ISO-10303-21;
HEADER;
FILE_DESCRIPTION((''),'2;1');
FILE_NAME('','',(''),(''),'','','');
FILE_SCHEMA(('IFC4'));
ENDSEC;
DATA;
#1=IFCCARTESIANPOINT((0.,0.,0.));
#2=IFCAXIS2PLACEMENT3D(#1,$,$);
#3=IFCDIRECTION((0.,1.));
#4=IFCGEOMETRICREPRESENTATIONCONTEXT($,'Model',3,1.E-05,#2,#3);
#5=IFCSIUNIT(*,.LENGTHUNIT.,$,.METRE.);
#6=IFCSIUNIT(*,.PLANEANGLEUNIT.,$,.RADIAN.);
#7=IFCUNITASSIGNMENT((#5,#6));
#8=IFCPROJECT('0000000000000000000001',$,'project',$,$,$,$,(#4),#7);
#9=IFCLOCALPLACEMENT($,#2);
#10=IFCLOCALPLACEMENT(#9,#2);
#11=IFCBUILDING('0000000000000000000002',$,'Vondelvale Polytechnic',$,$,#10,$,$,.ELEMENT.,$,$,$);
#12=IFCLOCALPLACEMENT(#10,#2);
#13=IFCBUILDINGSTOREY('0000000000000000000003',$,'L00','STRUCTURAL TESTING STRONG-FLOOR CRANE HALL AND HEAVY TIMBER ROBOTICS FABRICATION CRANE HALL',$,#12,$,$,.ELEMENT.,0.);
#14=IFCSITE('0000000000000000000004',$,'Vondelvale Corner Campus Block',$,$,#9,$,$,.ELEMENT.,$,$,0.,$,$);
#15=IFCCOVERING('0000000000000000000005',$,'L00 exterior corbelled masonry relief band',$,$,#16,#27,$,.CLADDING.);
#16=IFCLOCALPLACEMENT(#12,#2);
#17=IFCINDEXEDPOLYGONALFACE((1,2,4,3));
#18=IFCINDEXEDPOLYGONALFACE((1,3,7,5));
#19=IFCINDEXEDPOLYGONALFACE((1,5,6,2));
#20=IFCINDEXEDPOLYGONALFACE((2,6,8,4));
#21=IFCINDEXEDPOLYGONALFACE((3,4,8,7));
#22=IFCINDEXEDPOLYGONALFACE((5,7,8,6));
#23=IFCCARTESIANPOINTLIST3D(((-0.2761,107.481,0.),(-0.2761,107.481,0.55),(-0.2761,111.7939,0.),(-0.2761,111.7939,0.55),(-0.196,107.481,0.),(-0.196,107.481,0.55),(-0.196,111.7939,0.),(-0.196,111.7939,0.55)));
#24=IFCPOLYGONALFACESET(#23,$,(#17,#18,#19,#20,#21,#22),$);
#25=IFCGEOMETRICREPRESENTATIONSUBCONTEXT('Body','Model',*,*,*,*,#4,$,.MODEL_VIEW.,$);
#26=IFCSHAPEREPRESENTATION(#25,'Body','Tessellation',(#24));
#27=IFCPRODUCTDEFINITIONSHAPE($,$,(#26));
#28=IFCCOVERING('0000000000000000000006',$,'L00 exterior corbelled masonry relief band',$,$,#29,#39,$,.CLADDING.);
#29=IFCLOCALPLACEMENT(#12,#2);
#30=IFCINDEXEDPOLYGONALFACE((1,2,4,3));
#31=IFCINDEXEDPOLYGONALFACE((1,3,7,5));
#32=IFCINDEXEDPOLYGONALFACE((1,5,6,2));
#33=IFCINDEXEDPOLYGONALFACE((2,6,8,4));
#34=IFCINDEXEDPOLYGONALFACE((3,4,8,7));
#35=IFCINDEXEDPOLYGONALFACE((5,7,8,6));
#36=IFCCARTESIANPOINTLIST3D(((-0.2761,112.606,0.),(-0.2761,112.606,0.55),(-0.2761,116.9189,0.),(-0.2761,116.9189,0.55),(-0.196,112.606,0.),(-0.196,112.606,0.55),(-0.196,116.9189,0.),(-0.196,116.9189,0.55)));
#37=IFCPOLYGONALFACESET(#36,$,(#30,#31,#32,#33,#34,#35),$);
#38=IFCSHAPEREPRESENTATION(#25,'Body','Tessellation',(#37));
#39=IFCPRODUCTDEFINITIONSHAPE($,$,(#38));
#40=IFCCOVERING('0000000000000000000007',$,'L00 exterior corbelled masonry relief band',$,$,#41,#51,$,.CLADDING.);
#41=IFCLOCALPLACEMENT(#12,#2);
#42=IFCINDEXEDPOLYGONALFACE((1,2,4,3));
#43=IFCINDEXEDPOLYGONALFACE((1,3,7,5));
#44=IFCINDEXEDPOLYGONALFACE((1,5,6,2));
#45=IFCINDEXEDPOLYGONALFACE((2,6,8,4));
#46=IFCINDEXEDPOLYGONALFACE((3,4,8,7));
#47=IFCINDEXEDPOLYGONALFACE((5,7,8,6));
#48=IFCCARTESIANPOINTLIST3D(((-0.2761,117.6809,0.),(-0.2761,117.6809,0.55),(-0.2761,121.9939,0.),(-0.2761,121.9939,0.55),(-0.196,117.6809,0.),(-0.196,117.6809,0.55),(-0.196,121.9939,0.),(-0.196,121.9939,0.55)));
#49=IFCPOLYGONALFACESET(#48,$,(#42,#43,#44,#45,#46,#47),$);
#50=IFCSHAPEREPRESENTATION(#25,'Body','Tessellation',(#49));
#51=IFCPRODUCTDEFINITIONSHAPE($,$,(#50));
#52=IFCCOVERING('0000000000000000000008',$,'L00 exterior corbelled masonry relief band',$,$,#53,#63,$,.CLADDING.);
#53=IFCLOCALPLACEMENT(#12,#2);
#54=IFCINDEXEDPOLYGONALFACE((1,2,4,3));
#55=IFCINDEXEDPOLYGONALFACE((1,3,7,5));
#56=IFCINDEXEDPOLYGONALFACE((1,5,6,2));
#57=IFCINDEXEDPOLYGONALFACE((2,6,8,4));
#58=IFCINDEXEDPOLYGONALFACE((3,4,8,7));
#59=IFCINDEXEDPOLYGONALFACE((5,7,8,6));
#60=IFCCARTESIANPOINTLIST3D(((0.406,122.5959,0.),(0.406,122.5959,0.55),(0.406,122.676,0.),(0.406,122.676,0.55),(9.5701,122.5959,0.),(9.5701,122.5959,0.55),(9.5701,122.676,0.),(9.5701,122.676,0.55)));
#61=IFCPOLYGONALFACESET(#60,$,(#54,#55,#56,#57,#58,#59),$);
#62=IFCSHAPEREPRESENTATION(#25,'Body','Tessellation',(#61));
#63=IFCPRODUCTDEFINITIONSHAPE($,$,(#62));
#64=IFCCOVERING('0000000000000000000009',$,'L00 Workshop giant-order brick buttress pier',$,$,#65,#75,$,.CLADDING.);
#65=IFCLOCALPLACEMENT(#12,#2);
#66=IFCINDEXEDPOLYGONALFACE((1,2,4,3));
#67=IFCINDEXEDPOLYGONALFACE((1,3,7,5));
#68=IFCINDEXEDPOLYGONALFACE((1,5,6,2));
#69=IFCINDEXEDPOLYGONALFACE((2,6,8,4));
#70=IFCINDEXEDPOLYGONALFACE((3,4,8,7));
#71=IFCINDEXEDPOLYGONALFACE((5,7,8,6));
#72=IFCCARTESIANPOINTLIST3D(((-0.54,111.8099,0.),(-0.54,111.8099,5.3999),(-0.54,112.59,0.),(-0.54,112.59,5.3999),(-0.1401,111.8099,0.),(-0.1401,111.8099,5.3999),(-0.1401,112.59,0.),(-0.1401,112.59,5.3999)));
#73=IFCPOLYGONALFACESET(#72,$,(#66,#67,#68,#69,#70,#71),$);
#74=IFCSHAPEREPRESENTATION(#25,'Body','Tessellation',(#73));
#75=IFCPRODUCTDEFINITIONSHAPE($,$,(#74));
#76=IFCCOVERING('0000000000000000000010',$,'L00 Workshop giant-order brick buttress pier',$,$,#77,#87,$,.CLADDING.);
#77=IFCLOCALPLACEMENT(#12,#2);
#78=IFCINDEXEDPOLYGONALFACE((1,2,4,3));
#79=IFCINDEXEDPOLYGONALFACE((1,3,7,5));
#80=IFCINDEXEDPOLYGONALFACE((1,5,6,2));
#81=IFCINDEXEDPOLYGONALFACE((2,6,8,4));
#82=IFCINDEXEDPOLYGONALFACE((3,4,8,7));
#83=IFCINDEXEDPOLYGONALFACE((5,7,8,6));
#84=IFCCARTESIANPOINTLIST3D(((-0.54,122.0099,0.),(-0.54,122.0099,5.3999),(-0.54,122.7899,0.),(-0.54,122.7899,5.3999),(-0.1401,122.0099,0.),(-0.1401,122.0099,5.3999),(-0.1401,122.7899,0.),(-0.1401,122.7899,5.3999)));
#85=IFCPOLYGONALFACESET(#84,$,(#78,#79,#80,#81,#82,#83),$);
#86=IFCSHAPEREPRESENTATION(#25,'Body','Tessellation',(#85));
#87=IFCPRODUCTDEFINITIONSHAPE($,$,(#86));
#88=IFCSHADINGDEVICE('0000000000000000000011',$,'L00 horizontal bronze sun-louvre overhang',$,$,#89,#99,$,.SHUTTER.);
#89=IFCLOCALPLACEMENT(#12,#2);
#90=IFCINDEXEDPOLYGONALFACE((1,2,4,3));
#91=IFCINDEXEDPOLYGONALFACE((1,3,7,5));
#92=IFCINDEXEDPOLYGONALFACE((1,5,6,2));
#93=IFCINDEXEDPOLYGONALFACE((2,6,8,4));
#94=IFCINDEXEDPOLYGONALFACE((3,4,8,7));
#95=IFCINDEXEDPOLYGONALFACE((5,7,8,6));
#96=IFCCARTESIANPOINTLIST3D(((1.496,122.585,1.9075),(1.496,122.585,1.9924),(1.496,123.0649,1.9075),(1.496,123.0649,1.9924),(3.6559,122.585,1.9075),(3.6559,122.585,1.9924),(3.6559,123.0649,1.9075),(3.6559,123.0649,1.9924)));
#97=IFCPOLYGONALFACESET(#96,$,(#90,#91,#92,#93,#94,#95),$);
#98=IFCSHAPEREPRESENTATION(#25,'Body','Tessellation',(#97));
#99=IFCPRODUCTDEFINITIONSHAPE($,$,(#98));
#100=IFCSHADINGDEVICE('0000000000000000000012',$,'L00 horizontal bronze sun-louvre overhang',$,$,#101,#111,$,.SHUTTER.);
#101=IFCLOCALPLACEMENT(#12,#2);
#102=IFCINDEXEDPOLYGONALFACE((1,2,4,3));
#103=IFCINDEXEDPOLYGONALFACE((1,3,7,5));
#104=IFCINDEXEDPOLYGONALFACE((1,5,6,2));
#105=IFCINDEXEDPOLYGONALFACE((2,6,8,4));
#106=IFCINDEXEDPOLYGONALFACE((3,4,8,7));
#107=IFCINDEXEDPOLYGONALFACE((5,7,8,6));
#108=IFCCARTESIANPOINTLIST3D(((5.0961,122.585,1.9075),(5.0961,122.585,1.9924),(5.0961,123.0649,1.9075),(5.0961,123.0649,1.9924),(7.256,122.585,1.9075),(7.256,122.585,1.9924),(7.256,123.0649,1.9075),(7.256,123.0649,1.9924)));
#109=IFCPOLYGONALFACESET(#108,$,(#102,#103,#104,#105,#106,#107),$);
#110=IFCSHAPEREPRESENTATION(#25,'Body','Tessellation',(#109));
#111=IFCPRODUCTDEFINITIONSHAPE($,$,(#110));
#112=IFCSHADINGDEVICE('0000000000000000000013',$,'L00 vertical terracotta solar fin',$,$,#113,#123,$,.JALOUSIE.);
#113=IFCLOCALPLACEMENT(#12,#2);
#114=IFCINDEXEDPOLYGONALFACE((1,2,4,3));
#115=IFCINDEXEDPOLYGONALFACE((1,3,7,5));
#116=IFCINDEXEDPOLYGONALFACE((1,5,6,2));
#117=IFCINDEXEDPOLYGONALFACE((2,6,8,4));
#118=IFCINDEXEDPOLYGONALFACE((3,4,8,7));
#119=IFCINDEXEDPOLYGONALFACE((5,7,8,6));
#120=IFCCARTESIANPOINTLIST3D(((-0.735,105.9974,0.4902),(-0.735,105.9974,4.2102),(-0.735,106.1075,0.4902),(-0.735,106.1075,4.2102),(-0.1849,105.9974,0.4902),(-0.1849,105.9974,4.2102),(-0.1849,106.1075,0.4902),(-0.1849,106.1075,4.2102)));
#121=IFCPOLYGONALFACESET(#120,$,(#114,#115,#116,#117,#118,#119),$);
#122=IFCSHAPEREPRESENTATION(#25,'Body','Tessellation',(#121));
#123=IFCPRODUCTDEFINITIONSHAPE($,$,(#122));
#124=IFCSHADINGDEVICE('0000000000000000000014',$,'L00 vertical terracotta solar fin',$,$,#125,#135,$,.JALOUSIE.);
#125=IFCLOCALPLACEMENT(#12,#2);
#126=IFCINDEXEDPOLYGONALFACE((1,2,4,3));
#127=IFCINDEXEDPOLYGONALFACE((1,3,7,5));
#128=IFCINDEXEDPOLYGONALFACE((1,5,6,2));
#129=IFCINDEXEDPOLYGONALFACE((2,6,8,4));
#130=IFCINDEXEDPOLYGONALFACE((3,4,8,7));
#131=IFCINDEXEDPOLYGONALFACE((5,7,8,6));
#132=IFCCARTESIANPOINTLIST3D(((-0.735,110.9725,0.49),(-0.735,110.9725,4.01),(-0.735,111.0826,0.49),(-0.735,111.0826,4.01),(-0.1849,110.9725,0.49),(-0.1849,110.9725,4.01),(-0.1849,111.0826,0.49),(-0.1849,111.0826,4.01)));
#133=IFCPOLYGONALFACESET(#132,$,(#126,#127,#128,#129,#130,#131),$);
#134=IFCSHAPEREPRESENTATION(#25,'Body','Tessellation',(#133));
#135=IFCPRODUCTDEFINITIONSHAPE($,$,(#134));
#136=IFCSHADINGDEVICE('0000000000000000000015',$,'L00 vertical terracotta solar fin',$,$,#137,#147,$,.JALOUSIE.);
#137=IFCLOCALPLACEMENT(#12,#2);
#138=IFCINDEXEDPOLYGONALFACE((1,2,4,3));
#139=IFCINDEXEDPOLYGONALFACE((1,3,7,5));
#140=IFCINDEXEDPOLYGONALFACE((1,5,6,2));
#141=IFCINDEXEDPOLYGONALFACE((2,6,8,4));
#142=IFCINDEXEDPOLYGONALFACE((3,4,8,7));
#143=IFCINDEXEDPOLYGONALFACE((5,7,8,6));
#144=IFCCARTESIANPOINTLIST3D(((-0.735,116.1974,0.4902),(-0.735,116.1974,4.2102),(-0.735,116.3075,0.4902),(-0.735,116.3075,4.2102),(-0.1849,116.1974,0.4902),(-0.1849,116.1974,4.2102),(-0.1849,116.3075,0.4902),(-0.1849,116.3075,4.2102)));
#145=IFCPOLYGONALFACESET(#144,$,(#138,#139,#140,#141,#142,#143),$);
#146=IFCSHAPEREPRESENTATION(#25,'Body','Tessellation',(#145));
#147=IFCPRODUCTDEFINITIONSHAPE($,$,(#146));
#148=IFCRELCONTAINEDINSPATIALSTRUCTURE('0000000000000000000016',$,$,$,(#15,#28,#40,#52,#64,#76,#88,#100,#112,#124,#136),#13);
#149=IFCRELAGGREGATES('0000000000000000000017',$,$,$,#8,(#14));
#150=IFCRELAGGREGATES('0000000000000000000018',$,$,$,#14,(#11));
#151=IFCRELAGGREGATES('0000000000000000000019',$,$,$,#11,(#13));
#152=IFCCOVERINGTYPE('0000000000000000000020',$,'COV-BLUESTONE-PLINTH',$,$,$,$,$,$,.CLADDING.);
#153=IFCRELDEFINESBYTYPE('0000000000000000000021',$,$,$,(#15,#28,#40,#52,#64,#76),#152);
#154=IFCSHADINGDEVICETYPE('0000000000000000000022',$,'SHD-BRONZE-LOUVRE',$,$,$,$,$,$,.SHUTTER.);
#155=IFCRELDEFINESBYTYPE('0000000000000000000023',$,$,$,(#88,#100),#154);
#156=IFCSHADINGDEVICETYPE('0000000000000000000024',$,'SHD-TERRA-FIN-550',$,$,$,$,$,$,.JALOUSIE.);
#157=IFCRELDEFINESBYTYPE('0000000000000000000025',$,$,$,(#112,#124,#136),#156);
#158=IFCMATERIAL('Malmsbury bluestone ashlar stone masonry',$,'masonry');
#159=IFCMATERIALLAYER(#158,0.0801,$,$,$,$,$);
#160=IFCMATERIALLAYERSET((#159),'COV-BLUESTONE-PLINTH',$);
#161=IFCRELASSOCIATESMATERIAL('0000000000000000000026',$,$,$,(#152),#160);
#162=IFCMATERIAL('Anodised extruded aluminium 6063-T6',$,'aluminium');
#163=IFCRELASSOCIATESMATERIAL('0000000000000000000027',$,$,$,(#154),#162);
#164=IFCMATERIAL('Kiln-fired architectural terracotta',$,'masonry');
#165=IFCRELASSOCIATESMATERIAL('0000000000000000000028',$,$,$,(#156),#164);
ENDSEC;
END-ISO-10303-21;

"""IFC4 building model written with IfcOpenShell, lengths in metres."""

from ifc_helpers import new_model, si_unit, direction, frame, origin, origin_2d, place, context, subcontext, project, spatial, rectangle, extrude, material, layer, layer_set, type_object, element, save


model = new_model("IFC4")

# Units and contexts
model_context = context("Model", 3, precision=1e-05, world=origin(), true_north=direction((0.0, 1.0)))
body_context = subcontext(model_context, "Body", "Model", "MODEL_VIEW")
ifc_project = project(units=[si_unit("LENGTHUNIT", "METRE"), si_unit("PLANEANGLEUNIT", "RADIAN")], contexts=[model_context])

# Site, building, storey
site_placement = place(None, origin())
site = spatial("IfcSite", under=ifc_project, at=site_placement, Name="Vondelvale Corner Campus Block", CompositionType="ELEMENT", RefElevation=0.0)
building_placement = place(site_placement, origin())
building = spatial("IfcBuilding", under=site, at=building_placement, Name="Vondelvale Polytechnic", CompositionType="ELEMENT")
storey_placement = place(building_placement, origin())
storey = spatial("IfcBuildingStorey", under=building, at=storey_placement, Name="L00", Description="STRUCTURAL TESTING STRONG-FLOOR CRANE HALL AND HEAVY TIMBER ROBOTICS FABRICATION CRANE HALL", CompositionType="ELEMENT", Elevation=0.0)

# Shared definitions
ifc_material_1 = material(Name="Malmsbury bluestone ashlar stone masonry", Category="masonry")

# Coverings
ifc_layer_1 = layer(ifc_material_1, 0.0801)
ifc_layer_set_1 = layer_set([ifc_layer_1], Name="COV-BLUESTONE-PLINTH")
covering_type = type_object("IfcCoveringType", Name="COV-BLUESTONE-PLINTH", PredefinedType="CLADDING", material=ifc_layer_set_1)
for number, where, z_axis, x_axis, name in (
    (1, (-0.2361, 109.6375, 0.0), (0.0, 0.0, 1.0), (0.0, 1.0, 0.0), "L00 exterior corbelled masonry relief band"),
    (2, (-0.2361, 114.7625, 0.0), (0.0, 0.0, 1.0), (0.0, 1.0, 0.0), "L00 exterior corbelled masonry relief band"),
    (3, (-0.2361, 119.8374, 0.0), (0.0, 0.0, 1.0), (0.0, 1.0, 0.0), "L00 exterior corbelled masonry relief band"),
):
    element("IfcCovering", number, at=place(storey_placement, frame(where, z_axis=z_axis, x_axis=x_axis)), inside=storey, type_object=covering_type, Name=name, PredefinedType="CLADDING", context=body_context, shape_type="SweptSolid", body=[
        extrude(rectangle(XDim=4.313, YDim=0.0801, at=origin_2d()), origin(), (0.0, 0.0, 1.0), 0.55),
    ])
covering_placement = place(storey_placement, frame((4.988, 122.636, 0.0), z_axis=(0.0, 0.0, 1.0), x_axis=(1.0, 0.0, 0.0)))
element("IfcCovering", 4, at=covering_placement, inside=storey, type_object=covering_type, Name="L00 exterior corbelled masonry relief band", PredefinedType="CLADDING", context=body_context, shape_type="SweptSolid", body=[
    extrude(rectangle(XDim=9.1641, YDim=0.0801, at=origin_2d()), origin(), (0.0, 0.0, 1.0), 0.55),
])
for number, where, z_axis, x_axis, name in (
    (5, (-0.3401, 112.2, 0.0), (0.0, 0.0, 1.0), (1.0, 0.0, 0.0), "L00 Workshop giant-order brick buttress pier"),
    (6, (-0.3401, 122.3999, 0.0), (0.0, 0.0, 1.0), (1.0, 0.0, 0.0), "L00 Workshop giant-order brick buttress pier"),
):
    element("IfcCovering", number, at=place(storey_placement, frame(where, z_axis=z_axis, x_axis=x_axis)), inside=storey, type_object=covering_type, Name=name, PredefinedType="CLADDING", context=body_context, shape_type="SweptSolid", body=[
        extrude(rectangle(XDim=0.3999, YDim=0.78, at=origin_2d()), origin(), (0.0, 0.0, 1.0), 5.3999),
    ])

# Shading devices
ifc_material_2 = material(Name="Anodised extruded aluminium 6063-T6", Category="aluminium")
shading_device_type_1 = type_object("IfcShadingDeviceType", Name="SHD-BRONZE-LOUVRE", PredefinedType="SHUTTER", material=ifc_material_2)
for number, where, z_axis, x_axis, name in (
    (7, (2.5759, 122.825, 1.9075), (0.0, 0.0, 1.0), (1.0, 0.0, 0.0), "L00 horizontal bronze sun-louvre overhang"),
    (8, (6.176, 122.825, 1.9075), (0.0, 0.0, 1.0), (1.0, 0.0, 0.0), "L00 horizontal bronze sun-louvre overhang"),
):
    element("IfcShadingDevice", number, at=place(storey_placement, frame(where, z_axis=z_axis, x_axis=x_axis)), inside=storey, type_object=shading_device_type_1, Name=name, PredefinedType="SHUTTER", context=body_context, shape_type="SweptSolid", body=[
        extrude(rectangle(XDim=2.1599, YDim=0.48, at=origin_2d()), origin(), (0.0, 0.0, 1.0), 0.085),
    ])
ifc_material_3 = material(Name="Kiln-fired architectural terracotta", Category="masonry")
shading_device_type_2 = type_object("IfcShadingDeviceType", Name="SHD-TERRA-FIN-550", PredefinedType="JALOUSIE", material=ifc_material_3)
shading_device_1_placement = place(storey_placement, frame((-0.46, 106.0525, 0.4902), z_axis=(0.0, 0.0, 1.0), x_axis=(0.0, 1.0, 0.0)))
element("IfcShadingDevice", 9, at=shading_device_1_placement, inside=storey, type_object=shading_device_type_2, Name="L00 vertical terracotta solar fin", PredefinedType="JALOUSIE", context=body_context, shape_type="SweptSolid", body=[
    extrude(rectangle(XDim=0.1101, YDim=0.55, at=origin_2d()), origin(), (0.0, 0.0, 1.0), 3.72),
])
shading_device_2_placement = place(storey_placement, frame((-0.46, 111.0276, 0.49), z_axis=(0.0, 0.0, 1.0), x_axis=(0.0, 1.0, 0.0)))
element("IfcShadingDevice", 10, at=shading_device_2_placement, inside=storey, type_object=shading_device_type_2, Name="L00 vertical terracotta solar fin", PredefinedType="JALOUSIE", context=body_context, shape_type="SweptSolid", body=[
    extrude(rectangle(XDim=0.1101, YDim=0.55, at=origin_2d()), origin(), (0.0, 0.0, 1.0), 3.52),
])
shading_device_3_placement = place(storey_placement, frame((-0.46, 116.2524, 0.4902), z_axis=(0.0, 0.0, 1.0), x_axis=(0.0, 1.0, 0.0)))
element("IfcShadingDevice", 11, at=shading_device_3_placement, inside=storey, type_object=shading_device_type_2, Name="L00 vertical terracotta solar fin", PredefinedType="JALOUSIE", context=body_context, shape_type="SweptSolid", body=[
    extrude(rectangle(XDim=0.1101, YDim=0.55, at=origin_2d()), origin(), (0.0, 0.0, 1.0), 3.72),
])

save(model, "model.ifc")
